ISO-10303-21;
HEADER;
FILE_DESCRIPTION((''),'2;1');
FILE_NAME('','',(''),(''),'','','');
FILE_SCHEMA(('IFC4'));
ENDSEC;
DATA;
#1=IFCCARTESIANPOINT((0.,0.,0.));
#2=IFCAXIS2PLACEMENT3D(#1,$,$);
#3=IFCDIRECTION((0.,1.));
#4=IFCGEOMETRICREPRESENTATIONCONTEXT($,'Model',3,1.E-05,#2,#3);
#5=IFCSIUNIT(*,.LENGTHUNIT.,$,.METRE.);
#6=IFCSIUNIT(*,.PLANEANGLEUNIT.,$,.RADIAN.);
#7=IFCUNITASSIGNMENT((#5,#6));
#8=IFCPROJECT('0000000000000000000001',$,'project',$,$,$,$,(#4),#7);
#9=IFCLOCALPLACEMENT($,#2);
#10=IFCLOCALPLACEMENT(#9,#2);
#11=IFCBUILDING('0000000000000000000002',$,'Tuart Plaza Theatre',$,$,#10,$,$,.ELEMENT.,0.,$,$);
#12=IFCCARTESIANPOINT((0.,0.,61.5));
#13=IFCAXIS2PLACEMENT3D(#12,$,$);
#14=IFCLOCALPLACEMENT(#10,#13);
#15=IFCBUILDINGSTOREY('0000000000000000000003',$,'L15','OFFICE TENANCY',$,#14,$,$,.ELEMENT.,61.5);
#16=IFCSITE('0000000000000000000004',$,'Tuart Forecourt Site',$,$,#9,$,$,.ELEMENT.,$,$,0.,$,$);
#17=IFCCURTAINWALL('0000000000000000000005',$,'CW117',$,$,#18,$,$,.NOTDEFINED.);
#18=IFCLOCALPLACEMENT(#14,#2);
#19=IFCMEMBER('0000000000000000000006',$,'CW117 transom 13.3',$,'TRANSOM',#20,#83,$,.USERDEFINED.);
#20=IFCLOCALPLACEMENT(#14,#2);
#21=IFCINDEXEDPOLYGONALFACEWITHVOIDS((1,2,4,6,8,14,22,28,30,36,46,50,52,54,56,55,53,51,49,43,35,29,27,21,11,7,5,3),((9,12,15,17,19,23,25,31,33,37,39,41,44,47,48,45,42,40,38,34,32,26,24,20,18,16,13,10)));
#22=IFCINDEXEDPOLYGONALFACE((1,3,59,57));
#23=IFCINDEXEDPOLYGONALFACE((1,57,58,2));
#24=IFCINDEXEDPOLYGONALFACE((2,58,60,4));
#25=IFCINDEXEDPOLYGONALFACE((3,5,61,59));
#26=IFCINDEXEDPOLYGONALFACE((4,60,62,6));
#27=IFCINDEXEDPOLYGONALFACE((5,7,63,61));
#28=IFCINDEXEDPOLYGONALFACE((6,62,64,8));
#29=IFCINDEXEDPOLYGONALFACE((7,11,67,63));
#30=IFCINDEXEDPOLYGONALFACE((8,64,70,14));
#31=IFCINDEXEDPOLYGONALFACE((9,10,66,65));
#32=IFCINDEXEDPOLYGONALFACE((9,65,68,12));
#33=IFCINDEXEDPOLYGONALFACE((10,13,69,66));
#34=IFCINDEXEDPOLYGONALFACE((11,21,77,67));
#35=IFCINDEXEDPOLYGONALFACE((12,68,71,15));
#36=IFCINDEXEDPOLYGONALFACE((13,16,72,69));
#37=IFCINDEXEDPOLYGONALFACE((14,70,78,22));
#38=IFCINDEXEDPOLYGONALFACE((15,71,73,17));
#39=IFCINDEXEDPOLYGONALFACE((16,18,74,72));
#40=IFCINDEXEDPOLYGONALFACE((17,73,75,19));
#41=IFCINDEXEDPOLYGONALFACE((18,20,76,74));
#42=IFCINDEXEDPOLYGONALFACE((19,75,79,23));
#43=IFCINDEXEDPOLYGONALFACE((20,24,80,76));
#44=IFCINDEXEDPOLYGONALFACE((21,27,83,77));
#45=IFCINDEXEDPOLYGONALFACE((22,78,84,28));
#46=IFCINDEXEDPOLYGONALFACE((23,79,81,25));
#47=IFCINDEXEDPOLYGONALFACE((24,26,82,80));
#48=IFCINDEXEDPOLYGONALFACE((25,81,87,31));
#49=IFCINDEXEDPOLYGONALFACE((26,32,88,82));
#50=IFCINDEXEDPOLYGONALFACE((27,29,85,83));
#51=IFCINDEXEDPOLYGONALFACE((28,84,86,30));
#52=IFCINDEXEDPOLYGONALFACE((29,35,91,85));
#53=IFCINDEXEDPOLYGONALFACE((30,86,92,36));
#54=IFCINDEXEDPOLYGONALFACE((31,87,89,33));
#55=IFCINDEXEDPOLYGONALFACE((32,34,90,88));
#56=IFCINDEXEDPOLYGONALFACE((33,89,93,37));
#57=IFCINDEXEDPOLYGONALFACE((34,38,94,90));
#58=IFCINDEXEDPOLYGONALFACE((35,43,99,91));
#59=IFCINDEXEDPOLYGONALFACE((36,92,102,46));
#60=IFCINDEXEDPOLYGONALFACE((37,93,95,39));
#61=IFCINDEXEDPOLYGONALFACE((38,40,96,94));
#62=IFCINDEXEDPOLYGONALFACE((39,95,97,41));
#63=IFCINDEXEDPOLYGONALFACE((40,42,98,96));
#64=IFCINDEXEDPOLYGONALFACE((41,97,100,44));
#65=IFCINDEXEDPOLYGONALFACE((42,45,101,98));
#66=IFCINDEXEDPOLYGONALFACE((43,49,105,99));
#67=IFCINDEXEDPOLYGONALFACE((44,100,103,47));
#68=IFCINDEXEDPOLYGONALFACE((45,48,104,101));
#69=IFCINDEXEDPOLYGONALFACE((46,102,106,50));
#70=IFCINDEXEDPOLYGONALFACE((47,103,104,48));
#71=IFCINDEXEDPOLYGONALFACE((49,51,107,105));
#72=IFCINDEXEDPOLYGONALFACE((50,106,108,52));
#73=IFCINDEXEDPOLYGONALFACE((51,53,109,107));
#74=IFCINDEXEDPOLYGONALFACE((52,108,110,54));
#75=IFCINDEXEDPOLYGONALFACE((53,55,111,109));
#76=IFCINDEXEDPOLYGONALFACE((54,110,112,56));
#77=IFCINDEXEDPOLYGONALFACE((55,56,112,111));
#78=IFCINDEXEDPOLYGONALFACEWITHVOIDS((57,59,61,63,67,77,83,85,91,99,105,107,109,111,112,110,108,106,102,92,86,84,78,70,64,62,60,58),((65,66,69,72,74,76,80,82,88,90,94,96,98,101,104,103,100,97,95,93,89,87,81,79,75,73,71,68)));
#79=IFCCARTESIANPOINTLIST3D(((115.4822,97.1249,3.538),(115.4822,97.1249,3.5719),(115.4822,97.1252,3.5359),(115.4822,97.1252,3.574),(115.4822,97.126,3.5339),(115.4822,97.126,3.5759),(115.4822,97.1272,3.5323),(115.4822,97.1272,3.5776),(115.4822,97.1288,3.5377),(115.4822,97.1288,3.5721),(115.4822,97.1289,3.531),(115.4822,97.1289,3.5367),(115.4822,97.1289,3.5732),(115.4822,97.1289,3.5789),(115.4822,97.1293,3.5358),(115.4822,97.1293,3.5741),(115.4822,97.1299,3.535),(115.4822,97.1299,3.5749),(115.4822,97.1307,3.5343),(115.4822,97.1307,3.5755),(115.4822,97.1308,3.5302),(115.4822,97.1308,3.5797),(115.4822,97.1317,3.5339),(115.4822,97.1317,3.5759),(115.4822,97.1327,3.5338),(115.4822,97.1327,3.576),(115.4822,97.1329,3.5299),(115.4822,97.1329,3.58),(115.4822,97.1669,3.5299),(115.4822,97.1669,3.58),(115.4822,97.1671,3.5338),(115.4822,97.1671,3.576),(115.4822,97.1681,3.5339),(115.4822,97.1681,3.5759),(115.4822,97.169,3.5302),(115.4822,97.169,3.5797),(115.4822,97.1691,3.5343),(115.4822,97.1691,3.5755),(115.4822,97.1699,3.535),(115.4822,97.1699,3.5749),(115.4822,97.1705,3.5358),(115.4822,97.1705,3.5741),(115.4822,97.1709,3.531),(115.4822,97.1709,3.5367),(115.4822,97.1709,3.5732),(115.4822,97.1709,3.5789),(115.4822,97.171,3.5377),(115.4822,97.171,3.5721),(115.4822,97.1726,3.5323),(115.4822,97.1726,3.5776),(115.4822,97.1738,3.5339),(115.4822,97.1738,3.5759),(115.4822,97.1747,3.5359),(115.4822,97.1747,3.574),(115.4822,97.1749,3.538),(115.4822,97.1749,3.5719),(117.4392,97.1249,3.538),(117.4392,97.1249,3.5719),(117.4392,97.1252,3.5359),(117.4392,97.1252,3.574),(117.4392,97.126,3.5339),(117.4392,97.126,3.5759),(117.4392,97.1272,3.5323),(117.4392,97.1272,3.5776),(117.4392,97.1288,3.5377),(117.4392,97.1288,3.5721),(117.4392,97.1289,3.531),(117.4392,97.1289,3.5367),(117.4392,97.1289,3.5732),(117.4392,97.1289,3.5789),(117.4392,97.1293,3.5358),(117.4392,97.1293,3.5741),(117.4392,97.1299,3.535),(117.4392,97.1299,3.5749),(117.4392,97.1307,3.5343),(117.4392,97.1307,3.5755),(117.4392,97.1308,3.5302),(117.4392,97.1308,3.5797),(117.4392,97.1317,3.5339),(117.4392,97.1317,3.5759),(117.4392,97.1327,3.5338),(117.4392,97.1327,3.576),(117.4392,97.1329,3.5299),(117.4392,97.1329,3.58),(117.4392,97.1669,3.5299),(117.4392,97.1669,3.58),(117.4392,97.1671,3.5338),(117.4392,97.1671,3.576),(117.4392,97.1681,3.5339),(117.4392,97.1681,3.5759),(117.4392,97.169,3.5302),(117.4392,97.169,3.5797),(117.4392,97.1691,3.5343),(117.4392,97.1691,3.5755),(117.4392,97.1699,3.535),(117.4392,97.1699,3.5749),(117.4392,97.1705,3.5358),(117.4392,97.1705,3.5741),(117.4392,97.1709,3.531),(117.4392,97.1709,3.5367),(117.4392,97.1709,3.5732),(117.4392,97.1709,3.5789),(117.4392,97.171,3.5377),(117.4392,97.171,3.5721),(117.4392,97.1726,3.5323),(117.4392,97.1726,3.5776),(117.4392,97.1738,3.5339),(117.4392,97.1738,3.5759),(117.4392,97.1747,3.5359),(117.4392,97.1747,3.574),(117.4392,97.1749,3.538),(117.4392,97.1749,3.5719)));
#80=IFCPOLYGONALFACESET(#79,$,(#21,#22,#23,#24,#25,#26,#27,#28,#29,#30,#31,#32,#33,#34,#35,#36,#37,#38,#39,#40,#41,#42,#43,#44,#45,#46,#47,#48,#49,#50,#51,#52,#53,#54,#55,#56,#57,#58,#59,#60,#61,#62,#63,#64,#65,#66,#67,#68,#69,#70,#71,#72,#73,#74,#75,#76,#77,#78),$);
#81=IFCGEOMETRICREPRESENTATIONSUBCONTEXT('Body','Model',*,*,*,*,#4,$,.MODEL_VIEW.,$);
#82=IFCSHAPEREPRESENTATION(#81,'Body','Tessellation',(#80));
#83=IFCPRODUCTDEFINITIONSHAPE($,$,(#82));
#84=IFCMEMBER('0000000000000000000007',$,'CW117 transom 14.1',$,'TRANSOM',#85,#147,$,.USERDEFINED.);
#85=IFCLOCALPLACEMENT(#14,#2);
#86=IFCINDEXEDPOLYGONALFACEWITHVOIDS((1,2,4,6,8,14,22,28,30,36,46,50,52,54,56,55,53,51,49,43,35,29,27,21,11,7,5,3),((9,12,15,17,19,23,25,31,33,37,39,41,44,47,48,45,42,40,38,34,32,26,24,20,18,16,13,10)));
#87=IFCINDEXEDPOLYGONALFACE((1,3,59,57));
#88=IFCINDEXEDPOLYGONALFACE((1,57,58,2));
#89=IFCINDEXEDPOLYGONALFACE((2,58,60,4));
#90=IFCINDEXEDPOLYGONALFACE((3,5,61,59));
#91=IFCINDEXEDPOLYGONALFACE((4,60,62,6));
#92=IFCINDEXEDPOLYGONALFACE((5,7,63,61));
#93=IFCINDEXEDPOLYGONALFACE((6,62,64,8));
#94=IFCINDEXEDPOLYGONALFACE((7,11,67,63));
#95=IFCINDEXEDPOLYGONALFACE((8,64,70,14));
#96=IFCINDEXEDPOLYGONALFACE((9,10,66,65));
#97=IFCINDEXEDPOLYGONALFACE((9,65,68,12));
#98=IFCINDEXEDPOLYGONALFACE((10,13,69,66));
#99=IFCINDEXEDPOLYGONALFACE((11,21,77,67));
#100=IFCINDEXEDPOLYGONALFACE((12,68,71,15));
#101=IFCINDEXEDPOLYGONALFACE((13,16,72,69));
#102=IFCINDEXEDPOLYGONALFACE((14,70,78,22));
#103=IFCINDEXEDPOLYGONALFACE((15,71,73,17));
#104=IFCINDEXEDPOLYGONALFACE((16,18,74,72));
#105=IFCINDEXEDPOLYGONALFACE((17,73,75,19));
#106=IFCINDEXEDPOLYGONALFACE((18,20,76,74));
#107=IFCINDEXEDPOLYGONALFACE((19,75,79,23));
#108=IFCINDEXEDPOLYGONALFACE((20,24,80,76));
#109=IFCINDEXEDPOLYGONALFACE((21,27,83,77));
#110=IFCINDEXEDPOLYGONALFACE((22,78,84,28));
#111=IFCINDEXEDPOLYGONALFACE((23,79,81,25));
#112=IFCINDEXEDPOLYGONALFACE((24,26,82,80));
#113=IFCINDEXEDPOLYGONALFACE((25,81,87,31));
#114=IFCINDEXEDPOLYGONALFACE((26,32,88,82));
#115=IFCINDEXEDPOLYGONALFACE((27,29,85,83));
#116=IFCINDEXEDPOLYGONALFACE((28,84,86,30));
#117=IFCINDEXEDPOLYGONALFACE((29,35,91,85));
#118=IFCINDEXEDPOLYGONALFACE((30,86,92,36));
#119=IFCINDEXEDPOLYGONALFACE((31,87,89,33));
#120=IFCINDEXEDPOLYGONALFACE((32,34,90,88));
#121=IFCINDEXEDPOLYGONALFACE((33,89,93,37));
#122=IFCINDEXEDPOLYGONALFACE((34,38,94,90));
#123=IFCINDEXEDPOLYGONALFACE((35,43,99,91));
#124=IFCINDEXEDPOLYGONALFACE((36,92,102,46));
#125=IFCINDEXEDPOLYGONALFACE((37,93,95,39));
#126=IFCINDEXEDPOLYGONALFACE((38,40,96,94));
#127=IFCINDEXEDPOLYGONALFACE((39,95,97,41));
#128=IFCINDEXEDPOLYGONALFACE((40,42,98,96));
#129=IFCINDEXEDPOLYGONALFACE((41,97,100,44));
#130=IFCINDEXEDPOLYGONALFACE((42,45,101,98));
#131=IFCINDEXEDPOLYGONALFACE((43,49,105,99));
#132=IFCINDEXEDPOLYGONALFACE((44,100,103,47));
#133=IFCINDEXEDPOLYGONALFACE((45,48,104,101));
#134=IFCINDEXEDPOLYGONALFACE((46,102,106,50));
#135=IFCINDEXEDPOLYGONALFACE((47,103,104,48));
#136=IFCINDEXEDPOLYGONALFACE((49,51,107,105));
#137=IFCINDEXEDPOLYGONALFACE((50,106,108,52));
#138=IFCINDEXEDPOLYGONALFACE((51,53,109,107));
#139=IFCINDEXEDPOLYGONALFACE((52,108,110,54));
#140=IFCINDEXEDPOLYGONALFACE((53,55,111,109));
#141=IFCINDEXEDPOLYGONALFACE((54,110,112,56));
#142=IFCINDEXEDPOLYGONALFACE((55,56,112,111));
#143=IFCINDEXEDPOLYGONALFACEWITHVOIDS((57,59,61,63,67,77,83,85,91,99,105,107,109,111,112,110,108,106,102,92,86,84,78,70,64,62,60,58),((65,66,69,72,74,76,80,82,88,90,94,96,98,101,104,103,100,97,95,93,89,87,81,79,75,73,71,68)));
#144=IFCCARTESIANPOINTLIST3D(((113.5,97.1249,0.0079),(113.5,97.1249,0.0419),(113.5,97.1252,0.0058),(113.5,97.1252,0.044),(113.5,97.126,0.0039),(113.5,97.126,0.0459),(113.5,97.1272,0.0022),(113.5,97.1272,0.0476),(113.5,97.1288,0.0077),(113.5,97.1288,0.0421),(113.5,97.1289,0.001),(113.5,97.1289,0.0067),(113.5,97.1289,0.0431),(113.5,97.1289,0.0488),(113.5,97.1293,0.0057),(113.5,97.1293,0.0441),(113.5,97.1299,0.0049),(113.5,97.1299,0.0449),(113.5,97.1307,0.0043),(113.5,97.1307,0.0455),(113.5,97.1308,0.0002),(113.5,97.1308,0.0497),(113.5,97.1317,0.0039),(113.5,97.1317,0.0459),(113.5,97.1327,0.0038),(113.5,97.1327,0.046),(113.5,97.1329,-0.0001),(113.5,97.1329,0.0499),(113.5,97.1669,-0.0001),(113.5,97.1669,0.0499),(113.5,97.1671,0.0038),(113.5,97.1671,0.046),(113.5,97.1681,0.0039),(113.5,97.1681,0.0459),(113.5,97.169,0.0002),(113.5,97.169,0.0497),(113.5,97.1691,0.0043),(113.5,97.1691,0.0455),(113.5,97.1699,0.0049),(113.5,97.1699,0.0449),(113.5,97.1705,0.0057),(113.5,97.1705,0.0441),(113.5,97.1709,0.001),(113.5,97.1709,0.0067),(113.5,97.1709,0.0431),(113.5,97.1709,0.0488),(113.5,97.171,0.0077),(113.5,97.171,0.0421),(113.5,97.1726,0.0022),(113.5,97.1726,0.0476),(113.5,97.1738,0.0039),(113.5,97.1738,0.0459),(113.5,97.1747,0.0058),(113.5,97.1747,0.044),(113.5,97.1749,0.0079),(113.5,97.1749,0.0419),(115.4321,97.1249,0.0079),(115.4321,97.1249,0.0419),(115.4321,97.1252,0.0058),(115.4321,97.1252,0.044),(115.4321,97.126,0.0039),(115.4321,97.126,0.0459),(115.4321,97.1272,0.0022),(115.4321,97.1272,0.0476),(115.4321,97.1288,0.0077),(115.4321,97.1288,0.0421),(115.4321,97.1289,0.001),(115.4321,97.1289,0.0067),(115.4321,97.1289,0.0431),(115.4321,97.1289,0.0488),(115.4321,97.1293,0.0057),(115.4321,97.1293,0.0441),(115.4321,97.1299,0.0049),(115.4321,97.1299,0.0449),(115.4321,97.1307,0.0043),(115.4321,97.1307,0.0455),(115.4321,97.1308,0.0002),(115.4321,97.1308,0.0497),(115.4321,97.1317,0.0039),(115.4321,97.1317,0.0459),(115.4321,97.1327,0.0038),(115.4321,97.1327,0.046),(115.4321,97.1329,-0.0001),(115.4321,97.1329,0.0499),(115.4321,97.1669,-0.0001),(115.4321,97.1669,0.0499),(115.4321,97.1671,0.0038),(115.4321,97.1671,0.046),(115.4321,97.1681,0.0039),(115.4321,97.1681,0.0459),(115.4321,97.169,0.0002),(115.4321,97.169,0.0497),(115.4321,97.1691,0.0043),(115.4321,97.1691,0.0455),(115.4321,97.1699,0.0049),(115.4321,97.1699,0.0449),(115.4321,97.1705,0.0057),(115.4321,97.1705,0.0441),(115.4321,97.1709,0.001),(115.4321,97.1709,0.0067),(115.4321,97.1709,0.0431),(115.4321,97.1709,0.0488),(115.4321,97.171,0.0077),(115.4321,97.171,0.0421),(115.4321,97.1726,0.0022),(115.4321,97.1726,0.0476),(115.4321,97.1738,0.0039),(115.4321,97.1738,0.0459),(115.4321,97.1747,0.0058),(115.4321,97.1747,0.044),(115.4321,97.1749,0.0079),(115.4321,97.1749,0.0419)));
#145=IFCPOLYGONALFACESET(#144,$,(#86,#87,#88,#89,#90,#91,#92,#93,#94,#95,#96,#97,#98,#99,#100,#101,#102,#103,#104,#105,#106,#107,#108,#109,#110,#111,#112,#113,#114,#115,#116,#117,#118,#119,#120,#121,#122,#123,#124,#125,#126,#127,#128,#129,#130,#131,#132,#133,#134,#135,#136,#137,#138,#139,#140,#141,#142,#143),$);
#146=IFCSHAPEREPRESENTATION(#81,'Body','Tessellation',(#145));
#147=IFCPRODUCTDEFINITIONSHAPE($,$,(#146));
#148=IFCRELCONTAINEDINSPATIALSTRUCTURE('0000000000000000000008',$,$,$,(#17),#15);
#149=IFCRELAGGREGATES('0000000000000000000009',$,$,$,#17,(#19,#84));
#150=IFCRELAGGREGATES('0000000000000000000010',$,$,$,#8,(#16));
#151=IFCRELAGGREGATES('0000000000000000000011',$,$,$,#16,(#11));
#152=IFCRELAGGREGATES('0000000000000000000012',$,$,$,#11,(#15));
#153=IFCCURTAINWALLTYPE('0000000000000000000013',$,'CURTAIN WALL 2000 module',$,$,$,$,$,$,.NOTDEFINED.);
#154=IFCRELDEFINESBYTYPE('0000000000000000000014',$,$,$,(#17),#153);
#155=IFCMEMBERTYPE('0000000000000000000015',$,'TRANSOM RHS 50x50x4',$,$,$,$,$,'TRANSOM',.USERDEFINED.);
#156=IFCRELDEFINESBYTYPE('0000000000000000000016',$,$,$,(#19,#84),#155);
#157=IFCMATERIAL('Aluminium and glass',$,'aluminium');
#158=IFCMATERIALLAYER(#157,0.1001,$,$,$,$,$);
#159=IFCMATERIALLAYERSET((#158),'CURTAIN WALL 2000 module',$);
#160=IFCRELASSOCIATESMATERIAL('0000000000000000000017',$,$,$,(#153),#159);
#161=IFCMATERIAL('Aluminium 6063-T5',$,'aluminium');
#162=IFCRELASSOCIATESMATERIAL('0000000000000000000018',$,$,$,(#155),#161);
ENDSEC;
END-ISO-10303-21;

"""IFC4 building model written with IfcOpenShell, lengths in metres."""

from ifc_helpers import new_model, si_unit, direction, frame, origin, origin_2d, place, context, subcontext, project, spatial, hollow_rectangle, extrude, material, layer, layer_set, material_profile, profile_set, type_object, element, aggregate, save


model = new_model("IFC4")

# Units and contexts
model_context = context("Model", 3, precision=1e-05, world=origin(), true_north=direction((0.0, 1.0)))
body_context = subcontext(model_context, "Body", "Model", "MODEL_VIEW")
ifc_project = project(units=[si_unit("LENGTHUNIT", "METRE"), si_unit("PLANEANGLEUNIT", "RADIAN")], contexts=[model_context])

# Site, building, storey
site_placement = place(None, origin())
site = spatial("IfcSite", under=ifc_project, at=site_placement, Name="Tuart Forecourt Site", CompositionType="ELEMENT", RefElevation=0.0)
building_placement = place(site_placement, origin())
building = spatial("IfcBuilding", under=site, at=building_placement, Name="Tuart Plaza Theatre", CompositionType="ELEMENT", ElevationOfRefHeight=0.0)
storey_placement = place(building_placement, frame((0.0, 0.0, 61.5)))
storey = spatial("IfcBuildingStorey", under=building, at=storey_placement, Name="L15", Description="OFFICE TENANCY", CompositionType="ELEMENT", Elevation=61.5)

# Curtain wall, members
ifc_material_1 = material(Name="Aluminium and glass", Category="aluminium")
ifc_layer_1 = layer(ifc_material_1, 0.1001)
ifc_layer_set_1 = layer_set([ifc_layer_1], Name="CURTAIN WALL 2000 module")
curtain_wall_type = type_object("IfcCurtainWallType", Name="CURTAIN WALL 2000 module", PredefinedType="NOTDEFINED", material=ifc_layer_set_1)
curtain_wall_placement = place(storey_placement, origin())
curtain_wall = element("IfcCurtainWall", 1, at=curtain_wall_placement, inside=storey, type_object=curtain_wall_type, Name="CW117", PredefinedType="NOTDEFINED")
ifc_material_2 = material(Name="Aluminium 6063-T5", Category="aluminium")
ifc_material_profile_1 = material_profile(ifc_material_2, hollow_rectangle(XDim=0.05, YDim=0.05, WallThickness=0.0039, InnerFilletRadius=0.0039, OuterFilletRadius=0.0081, at=origin_2d()), Name="RHS 50x50x4")
ifc_profile_set_1 = profile_set([ifc_material_profile_1], Name="Aluminium 6063-T5")
member_type_1 = type_object("IfcMemberType", Name="TRANSOM RHS 50x50x4", ElementType="TRANSOM", PredefinedType="USERDEFINED", material=ifc_profile_set_1)
member_1_placement = place(storey_placement, frame((117.4392, 97.1499, 3.5549), z_axis=(-1.0, 0.0, 0.0), x_axis=(0.0, -1.0, 0.0)))
member_1 = element("IfcMember", 2, at=member_1_placement, type_object=member_type_1, Name="CW117 transom 13.3", ObjectType="TRANSOM", PredefinedType="USERDEFINED", context=body_context, shape_type="SweptSolid", body=[
    extrude(hollow_rectangle(XDim=0.05, YDim=0.05, WallThickness=0.0039, InnerFilletRadius=0.0039, OuterFilletRadius=0.0081, at=origin_2d()), origin(), (0.0, 0.0, 1.0), 1.957),
])
member_2_placement = place(storey_placement, frame((115.4321, 97.1499, 0.0249), z_axis=(-1.0, 0.0, 0.0), x_axis=(0.0, -1.0, 0.0)))
member_2 = element("IfcMember", 3, at=member_2_placement, type_object=member_type_1, Name="CW117 transom 14.1", ObjectType="TRANSOM", PredefinedType="USERDEFINED", context=body_context, shape_type="SweptSolid", body=[
    extrude(hollow_rectangle(XDim=0.05, YDim=0.05, WallThickness=0.0039, InnerFilletRadius=0.0039, OuterFilletRadius=0.0081, at=origin_2d()), origin(), (0.0, 0.0, 1.0), 1.9321),
])
aggregate(curtain_wall, [member_1, member_2])

save(model, "model.ifc")
